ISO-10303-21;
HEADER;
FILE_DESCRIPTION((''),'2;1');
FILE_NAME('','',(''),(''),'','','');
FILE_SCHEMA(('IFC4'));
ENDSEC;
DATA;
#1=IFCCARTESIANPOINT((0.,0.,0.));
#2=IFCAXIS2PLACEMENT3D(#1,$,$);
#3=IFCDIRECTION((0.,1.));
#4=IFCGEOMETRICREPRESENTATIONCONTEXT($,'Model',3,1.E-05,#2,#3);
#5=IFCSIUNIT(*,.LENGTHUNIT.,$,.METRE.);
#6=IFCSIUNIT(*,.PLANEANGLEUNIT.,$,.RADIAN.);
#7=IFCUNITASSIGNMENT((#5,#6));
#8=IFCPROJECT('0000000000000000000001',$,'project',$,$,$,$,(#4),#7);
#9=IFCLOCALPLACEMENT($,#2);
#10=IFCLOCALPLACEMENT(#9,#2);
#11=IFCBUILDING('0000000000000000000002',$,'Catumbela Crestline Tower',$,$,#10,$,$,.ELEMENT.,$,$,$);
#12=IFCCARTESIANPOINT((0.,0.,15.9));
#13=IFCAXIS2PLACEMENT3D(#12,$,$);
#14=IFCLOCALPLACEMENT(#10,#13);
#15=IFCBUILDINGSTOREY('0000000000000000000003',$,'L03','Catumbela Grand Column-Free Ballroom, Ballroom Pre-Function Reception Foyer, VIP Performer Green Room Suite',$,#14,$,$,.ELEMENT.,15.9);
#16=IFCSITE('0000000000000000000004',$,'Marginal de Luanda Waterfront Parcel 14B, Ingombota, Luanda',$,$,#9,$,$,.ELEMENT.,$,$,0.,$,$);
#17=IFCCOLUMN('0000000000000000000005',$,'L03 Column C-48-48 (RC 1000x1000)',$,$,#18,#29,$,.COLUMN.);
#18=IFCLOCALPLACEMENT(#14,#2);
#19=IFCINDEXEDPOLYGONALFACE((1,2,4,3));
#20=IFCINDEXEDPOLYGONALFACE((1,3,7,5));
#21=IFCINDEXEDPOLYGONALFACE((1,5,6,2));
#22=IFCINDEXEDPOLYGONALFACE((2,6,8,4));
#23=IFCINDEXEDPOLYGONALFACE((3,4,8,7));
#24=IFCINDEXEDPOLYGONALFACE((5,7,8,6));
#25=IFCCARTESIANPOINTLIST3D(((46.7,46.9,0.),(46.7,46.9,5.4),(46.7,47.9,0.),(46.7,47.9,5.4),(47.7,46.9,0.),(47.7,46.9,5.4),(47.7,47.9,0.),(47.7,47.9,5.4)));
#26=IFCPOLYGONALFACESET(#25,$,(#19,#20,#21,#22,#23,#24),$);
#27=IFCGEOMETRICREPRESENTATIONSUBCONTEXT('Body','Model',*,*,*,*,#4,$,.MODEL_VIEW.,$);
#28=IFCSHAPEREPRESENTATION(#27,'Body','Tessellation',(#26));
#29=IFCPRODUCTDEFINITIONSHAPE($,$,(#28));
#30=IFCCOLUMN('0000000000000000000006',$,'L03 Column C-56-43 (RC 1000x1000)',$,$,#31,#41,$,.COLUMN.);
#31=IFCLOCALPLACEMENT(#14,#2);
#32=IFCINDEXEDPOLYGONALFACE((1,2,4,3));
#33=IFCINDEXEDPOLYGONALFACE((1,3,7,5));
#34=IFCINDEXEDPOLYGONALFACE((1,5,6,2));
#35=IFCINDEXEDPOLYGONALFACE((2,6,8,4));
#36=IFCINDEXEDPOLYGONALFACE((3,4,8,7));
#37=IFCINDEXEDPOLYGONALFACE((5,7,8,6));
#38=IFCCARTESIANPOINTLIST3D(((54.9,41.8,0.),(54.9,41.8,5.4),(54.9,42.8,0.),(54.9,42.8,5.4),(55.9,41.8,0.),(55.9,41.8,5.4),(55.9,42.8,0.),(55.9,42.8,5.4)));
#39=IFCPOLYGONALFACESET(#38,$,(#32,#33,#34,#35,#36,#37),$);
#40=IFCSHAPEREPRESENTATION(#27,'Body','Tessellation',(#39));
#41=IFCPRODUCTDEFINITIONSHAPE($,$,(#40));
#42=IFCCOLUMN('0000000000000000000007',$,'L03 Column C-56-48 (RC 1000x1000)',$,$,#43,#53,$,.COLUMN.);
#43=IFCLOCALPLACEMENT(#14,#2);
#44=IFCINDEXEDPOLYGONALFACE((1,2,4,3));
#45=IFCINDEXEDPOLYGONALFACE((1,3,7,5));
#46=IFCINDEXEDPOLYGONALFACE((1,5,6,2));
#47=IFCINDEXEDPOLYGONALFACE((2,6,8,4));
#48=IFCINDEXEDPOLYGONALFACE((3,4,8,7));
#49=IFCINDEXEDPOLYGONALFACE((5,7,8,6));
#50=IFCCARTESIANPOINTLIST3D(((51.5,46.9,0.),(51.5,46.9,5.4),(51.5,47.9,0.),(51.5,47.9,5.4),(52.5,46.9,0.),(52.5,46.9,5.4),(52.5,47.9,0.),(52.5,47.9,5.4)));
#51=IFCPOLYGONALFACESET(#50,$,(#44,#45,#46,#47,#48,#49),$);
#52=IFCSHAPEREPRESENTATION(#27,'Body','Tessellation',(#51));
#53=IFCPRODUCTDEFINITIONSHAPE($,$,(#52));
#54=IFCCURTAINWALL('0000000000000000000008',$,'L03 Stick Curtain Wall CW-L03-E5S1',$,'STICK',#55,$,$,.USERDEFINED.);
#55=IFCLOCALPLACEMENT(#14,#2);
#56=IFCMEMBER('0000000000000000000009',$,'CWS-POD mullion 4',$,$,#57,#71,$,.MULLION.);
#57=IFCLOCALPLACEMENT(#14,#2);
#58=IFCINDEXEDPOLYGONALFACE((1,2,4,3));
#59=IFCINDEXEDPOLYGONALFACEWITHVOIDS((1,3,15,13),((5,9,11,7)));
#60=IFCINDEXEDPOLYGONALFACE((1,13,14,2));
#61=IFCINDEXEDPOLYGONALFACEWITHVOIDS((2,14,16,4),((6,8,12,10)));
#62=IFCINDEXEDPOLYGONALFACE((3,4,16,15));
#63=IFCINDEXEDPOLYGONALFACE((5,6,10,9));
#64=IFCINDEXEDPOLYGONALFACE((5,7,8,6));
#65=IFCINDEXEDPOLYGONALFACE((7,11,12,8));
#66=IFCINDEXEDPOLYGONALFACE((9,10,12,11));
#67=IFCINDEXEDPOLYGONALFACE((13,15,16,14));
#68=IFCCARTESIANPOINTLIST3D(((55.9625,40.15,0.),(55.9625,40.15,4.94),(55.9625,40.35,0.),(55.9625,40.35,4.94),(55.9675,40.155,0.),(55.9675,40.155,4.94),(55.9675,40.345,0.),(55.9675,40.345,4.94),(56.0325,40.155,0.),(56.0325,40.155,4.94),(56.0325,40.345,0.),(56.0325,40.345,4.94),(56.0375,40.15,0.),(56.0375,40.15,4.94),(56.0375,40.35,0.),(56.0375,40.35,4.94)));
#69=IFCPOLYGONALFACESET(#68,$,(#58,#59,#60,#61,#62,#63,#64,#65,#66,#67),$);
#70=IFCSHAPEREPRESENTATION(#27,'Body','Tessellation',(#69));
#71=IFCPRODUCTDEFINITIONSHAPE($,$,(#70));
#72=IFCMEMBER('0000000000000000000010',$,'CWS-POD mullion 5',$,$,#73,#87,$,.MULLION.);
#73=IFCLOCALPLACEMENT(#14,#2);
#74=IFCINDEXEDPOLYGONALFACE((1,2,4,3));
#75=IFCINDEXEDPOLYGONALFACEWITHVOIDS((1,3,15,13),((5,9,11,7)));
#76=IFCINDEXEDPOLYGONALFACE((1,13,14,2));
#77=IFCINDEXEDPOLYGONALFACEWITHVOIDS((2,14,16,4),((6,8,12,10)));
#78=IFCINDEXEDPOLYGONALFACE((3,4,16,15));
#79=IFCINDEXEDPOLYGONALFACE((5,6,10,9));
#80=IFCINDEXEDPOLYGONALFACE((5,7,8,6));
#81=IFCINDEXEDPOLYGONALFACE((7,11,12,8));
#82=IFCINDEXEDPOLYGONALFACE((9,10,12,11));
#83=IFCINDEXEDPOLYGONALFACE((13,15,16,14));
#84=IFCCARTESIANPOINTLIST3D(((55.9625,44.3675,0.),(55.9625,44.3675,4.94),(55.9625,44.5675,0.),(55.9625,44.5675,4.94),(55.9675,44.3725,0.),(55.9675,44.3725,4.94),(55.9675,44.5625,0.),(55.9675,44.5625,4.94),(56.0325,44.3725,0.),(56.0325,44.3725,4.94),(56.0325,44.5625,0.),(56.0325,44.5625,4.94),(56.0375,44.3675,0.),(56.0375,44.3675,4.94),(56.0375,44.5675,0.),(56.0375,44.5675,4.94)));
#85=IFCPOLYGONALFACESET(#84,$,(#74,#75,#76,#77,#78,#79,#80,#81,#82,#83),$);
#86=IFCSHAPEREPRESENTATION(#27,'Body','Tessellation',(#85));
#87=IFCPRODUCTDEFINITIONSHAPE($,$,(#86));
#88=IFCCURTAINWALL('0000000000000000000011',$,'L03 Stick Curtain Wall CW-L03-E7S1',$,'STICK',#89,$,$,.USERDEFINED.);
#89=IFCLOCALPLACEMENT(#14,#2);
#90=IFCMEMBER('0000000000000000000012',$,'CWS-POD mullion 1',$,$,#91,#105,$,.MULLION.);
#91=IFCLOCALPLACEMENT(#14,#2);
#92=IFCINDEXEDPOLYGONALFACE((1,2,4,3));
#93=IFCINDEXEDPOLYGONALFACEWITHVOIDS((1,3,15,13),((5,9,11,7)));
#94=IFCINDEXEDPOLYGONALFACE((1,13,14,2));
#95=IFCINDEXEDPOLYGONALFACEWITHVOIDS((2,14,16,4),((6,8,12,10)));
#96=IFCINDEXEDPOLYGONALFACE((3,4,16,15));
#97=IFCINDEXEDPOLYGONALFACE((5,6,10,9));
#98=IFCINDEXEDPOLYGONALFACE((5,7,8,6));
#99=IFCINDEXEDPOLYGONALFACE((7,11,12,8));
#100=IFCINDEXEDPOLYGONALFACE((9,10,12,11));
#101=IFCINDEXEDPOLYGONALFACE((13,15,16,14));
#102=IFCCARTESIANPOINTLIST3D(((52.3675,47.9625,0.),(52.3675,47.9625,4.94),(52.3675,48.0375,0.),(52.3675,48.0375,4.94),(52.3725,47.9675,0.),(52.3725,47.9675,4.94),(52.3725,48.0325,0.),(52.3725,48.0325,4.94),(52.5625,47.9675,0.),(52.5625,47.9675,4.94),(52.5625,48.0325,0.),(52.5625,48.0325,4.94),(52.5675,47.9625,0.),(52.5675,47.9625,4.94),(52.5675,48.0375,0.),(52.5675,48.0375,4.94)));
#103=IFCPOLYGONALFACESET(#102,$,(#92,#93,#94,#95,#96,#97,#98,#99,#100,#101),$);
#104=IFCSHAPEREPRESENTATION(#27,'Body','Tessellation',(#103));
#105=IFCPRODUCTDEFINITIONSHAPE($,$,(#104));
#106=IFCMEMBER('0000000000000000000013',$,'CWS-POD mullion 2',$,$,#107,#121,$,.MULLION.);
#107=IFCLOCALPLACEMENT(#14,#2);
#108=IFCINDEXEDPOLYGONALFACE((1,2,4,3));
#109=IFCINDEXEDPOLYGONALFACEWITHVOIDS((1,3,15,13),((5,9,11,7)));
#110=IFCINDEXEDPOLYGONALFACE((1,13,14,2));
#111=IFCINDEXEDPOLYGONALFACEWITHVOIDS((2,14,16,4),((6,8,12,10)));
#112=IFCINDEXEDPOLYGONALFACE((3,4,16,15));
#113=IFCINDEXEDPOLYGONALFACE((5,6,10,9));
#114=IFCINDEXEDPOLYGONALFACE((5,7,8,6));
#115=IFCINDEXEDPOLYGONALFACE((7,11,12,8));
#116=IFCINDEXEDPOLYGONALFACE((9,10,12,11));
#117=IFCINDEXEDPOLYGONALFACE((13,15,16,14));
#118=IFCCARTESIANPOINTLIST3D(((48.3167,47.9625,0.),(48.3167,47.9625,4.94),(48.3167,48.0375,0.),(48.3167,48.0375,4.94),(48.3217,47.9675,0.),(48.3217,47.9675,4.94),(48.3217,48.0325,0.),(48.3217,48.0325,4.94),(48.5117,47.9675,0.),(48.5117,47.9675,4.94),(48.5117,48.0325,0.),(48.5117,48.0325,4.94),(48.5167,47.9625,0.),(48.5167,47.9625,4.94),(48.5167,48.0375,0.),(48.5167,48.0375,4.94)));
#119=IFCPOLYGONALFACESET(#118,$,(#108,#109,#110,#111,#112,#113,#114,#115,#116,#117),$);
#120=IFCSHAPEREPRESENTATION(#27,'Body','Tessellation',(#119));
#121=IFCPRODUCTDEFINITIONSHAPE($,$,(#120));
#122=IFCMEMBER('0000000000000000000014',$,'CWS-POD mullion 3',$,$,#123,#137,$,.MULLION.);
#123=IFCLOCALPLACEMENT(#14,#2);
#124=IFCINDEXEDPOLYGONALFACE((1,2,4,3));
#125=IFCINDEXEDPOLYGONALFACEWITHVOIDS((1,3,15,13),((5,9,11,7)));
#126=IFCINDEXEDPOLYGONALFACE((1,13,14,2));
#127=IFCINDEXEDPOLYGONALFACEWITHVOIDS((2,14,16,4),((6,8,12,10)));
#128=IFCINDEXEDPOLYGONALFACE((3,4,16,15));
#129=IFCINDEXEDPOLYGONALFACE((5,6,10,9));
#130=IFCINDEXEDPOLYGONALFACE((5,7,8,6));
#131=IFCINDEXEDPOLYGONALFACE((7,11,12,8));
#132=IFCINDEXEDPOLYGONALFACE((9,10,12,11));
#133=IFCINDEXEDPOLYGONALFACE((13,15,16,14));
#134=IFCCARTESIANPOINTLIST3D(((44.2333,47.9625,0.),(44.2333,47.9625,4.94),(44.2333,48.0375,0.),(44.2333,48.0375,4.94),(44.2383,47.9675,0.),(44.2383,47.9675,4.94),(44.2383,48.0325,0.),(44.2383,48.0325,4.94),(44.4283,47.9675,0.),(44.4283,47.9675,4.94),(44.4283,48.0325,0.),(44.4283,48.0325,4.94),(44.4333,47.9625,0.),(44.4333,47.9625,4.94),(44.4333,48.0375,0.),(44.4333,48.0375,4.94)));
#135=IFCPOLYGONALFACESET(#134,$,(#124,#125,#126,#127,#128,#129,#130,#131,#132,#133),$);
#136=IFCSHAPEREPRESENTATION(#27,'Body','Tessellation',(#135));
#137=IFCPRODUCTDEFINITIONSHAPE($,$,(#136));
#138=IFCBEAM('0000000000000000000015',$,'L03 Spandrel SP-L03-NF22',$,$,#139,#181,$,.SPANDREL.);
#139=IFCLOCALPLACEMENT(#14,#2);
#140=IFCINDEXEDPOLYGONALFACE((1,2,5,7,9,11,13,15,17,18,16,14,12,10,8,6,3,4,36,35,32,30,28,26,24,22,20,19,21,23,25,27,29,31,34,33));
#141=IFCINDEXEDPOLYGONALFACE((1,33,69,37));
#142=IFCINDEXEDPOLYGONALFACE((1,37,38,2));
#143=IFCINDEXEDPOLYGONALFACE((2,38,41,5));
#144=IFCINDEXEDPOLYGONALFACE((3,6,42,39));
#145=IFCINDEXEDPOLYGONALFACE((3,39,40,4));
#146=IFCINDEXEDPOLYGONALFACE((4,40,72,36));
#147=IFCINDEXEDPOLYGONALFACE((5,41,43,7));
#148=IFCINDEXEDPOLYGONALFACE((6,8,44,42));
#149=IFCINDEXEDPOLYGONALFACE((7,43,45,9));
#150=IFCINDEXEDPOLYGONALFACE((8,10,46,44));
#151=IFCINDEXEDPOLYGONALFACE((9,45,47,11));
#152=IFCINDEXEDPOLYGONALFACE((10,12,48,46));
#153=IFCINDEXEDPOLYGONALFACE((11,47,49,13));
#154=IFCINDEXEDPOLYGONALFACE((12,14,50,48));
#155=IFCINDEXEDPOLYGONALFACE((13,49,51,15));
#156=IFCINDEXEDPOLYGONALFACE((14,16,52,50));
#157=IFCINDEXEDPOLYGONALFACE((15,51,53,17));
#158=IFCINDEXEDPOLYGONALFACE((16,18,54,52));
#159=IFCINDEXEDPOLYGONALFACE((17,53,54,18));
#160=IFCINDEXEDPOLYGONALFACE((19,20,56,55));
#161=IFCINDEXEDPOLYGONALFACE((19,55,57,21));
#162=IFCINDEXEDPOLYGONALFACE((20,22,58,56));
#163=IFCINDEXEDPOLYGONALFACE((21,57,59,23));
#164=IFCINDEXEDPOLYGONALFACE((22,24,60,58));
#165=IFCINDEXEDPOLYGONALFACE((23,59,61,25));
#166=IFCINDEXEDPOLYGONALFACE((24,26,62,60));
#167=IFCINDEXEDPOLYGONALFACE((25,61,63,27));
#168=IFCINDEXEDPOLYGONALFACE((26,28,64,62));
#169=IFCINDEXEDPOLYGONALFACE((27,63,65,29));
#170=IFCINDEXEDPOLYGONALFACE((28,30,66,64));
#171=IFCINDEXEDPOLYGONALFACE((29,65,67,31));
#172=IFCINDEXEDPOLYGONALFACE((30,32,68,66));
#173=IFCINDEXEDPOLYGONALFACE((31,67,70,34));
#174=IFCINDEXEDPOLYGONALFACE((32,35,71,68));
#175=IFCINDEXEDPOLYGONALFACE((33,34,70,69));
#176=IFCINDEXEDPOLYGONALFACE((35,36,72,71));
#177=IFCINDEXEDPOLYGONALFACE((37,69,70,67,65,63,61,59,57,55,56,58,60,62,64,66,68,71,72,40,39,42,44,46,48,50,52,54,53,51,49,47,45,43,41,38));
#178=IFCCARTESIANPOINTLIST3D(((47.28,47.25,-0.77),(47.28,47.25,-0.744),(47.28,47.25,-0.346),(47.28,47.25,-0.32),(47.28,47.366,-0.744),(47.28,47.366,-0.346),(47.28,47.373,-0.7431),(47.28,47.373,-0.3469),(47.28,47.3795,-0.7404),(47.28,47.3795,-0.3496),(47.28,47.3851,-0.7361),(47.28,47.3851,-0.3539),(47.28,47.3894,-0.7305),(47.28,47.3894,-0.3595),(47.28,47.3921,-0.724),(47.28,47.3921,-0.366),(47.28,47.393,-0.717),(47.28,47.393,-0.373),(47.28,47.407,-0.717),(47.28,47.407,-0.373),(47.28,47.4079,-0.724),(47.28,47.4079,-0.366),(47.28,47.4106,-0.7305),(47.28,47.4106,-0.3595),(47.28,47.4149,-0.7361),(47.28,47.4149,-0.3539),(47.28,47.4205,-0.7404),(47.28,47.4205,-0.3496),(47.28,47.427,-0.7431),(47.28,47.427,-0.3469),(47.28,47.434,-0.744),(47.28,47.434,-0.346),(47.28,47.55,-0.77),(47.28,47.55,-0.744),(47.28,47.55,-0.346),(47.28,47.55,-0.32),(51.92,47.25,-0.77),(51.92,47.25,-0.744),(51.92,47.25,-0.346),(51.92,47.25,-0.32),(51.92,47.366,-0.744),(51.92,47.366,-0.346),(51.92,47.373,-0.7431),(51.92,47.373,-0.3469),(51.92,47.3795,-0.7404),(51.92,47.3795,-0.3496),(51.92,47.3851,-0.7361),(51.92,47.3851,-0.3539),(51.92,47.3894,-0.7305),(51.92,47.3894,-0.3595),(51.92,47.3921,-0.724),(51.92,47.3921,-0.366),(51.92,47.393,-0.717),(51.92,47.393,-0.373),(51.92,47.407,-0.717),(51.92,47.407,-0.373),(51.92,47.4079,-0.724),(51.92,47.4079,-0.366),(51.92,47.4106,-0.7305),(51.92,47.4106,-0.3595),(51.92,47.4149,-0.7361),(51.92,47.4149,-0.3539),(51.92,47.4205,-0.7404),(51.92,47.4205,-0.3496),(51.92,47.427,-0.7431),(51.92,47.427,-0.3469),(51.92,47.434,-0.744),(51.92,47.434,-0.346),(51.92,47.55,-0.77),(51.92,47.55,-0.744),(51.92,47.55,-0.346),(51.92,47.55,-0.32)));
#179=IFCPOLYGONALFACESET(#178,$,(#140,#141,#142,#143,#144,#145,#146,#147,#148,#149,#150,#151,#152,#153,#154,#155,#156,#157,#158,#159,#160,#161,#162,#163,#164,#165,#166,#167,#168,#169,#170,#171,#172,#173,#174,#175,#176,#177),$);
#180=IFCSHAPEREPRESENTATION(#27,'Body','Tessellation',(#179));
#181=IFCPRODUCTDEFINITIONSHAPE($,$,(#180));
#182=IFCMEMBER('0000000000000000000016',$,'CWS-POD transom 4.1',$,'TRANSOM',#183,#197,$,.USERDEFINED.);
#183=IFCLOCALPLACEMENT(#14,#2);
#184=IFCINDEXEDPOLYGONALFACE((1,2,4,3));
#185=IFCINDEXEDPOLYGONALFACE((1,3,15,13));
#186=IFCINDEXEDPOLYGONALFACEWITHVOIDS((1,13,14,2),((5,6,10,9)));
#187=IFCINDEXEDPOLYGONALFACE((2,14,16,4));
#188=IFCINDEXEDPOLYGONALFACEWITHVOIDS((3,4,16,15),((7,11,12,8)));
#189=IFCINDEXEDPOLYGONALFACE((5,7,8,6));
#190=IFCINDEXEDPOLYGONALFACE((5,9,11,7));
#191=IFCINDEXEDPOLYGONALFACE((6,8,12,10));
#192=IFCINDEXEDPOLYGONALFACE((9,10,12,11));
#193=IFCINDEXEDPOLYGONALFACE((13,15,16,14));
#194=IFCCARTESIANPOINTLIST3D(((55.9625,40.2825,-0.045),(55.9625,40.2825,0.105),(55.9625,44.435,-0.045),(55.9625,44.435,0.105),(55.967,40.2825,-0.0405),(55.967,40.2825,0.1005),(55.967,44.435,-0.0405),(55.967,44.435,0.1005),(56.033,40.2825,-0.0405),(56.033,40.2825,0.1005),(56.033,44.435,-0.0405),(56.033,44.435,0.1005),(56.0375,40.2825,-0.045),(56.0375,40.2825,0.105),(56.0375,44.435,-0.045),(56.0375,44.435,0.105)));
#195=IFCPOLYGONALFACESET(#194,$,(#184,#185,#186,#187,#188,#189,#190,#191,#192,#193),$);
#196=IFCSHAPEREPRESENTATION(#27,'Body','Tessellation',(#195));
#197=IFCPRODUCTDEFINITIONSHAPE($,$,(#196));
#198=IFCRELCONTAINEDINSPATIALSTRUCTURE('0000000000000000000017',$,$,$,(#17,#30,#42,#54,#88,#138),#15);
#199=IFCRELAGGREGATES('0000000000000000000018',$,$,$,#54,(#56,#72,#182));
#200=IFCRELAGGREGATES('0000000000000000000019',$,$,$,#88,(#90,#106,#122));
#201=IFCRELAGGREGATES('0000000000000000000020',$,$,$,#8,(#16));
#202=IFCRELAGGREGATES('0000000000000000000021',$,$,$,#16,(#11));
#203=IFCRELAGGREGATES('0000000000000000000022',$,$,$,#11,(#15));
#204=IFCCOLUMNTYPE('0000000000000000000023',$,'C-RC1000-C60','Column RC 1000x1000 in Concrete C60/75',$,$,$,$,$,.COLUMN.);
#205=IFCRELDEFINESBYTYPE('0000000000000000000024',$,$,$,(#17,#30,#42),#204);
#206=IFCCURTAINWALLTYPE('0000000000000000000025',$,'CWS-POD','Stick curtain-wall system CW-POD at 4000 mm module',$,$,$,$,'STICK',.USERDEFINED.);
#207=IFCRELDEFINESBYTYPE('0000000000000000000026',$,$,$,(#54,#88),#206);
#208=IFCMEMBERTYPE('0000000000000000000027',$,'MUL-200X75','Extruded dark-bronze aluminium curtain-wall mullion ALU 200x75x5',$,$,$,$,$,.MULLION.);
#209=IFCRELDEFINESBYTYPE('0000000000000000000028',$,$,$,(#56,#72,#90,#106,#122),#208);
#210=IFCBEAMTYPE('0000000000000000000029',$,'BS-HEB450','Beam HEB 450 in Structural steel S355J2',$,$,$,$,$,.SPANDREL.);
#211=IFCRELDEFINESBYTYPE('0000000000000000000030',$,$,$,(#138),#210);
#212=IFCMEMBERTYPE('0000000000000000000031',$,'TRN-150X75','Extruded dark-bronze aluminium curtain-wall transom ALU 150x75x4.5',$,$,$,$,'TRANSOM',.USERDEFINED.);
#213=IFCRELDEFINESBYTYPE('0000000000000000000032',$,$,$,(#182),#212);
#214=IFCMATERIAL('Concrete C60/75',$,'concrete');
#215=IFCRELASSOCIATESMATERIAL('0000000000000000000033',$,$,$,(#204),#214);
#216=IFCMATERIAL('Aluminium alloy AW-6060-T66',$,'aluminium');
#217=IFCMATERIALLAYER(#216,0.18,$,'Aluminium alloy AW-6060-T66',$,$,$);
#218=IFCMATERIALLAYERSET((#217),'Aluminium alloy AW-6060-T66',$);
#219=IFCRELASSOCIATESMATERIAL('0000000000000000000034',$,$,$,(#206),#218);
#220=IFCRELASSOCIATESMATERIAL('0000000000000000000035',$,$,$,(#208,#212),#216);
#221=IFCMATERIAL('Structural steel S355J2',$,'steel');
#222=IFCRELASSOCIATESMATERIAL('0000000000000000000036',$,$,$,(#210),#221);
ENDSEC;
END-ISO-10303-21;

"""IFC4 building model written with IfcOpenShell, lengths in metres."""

from ifc_helpers import new_model, si_unit, direction, frame, origin, origin_2d, place, context, subcontext, project, spatial, rectangle, hollow_rectangle, i_section, extrude, material, layer, layer_set, material_profile, profile_set, type_object, element, aggregate, save


model = new_model("IFC4")

# Units and contexts
model_context = context("Model", 3, precision=1e-05, world=origin(), true_north=direction((0.0, 1.0)))
body_context = subcontext(model_context, "Body", "Model", "MODEL_VIEW")
ifc_project = project(units=[si_unit("LENGTHUNIT", "METRE"), si_unit("PLANEANGLEUNIT", "RADIAN")], contexts=[model_context])

# Site, building, storey
site_placement = place(None, origin())
site = spatial("IfcSite", under=ifc_project, at=site_placement, Name="Marginal de Luanda Waterfront Parcel 14B, Ingombota, Luanda", CompositionType="ELEMENT", RefElevation=0.0)
building_placement = place(site_placement, origin())
building = spatial("IfcBuilding", under=site, at=building_placement, Name="Catumbela Crestline Tower", CompositionType="ELEMENT")
storey_placement = place(building_placement, frame((0.0, 0.0, 15.9)))
storey = spatial("IfcBuildingStorey", under=building, at=storey_placement, Name="L03", Description="Catumbela Grand Column-Free Ballroom, Ballroom Pre-Function Reception Foyer, VIP Performer Green Room Suite", CompositionType="ELEMENT", Elevation=15.9)

# Columns
ifc_material_1 = material(Name="Concrete C60/75", Category="concrete")
ifc_material_profile_1 = material_profile(ifc_material_1, rectangle(XDim=1.0, YDim=1.0, at=origin_2d()), Name="RC 1000x1000")
ifc_profile_set_1 = profile_set([ifc_material_profile_1], Name="Concrete C60/75")
column_type = type_object("IfcColumnType", Name="C-RC1000-C60", Description="Column RC 1000x1000 in Concrete C60/75", PredefinedType="COLUMN", material=ifc_profile_set_1)
for number, where, z_axis, x_axis, name in (
    (1, (47.2, 47.4, 0.0), (0.0, 0.0, 1.0), (1.0, 0.0, 0.0), "L03 Column C-48-48 (RC 1000x1000)"),
    (2, (55.4, 42.3, 0.0), (0.0, 0.0, 1.0), (1.0, 0.0, 0.0), "L03 Column C-56-43 (RC 1000x1000)"),
    (3, (52.0, 47.4, 0.0), (0.0, 0.0, 1.0), (1.0, 0.0, 0.0), "L03 Column C-56-48 (RC 1000x1000)"),
):
    element("IfcColumn", number, at=place(storey_placement, frame(where, z_axis=z_axis, x_axis=x_axis)), inside=storey, type_object=column_type, Name=name, PredefinedType="COLUMN", context=body_context, shape_type="SweptSolid", body=[
        extrude(rectangle(XDim=1.0, YDim=1.0, at=origin_2d()), origin(), (0.0, 0.0, 1.0), 5.4),
    ])

# Curtain walls, members
ifc_material_2 = material(Name="Aluminium alloy AW-6060-T66", Category="aluminium")
ifc_layer_1 = layer(ifc_material_2, 0.18, Name="Aluminium alloy AW-6060-T66")
ifc_layer_set_1 = layer_set([ifc_layer_1], Name="Aluminium alloy AW-6060-T66")
curtain_wall_type = type_object("IfcCurtainWallType", Name="CWS-POD", Description="Stick curtain-wall system CW-POD at 4000 mm module", ElementType="STICK", PredefinedType="USERDEFINED", material=ifc_layer_set_1)
curtain_wall_1_placement = place(storey_placement, origin())
curtain_wall_1 = element("IfcCurtainWall", 4, at=curtain_wall_1_placement, inside=storey, type_object=curtain_wall_type, Name="L03 Stick Curtain Wall CW-L03-E5S1", ObjectType="STICK", PredefinedType="USERDEFINED")
ifc_material_profile_2 = material_profile(ifc_material_2, hollow_rectangle(XDim=0.075, YDim=0.2, WallThickness=0.005, at=origin_2d()), Name="ALU 200x75x5")
ifc_profile_set_2 = profile_set([ifc_material_profile_2], Name="Aluminium alloy AW-6060-T66")
member_type_1 = type_object("IfcMemberType", Name="MUL-200X75", Description="Extruded dark-bronze aluminium curtain-wall mullion ALU 200x75x5", PredefinedType="MULLION", material=ifc_profile_set_2)
member_1_placement = place(storey_placement, frame((56.0, 40.25, 0.0), z_axis=(0.0, 0.0, 1.0), x_axis=(-1.0, 0.0, 0.0)))
member_1 = element("IfcMember", 5, at=member_1_placement, type_object=member_type_1, Name="CWS-POD mullion 4", PredefinedType="MULLION", context=body_context, shape_type="SweptSolid", body=[
    extrude(hollow_rectangle(XDim=0.075, YDim=0.2, WallThickness=0.005, at=origin_2d()), origin(), (0.0, 0.0, 1.0), 4.94),
])
member_2_placement = place(storey_placement, frame((56.0, 44.4675, 0.0), z_axis=(0.0, 0.0, 1.0), x_axis=(-1.0, 0.0, 0.0)))
member_2 = element("IfcMember", 6, at=member_2_placement, type_object=member_type_1, Name="CWS-POD mullion 5", PredefinedType="MULLION", context=body_context, shape_type="SweptSolid", body=[
    extrude(hollow_rectangle(XDim=0.075, YDim=0.2, WallThickness=0.005, at=origin_2d()), origin(), (0.0, 0.0, 1.0), 4.94),
])
curtain_wall_2_placement = place(storey_placement, origin())
curtain_wall_2 = element("IfcCurtainWall", 7, at=curtain_wall_2_placement, inside=storey, type_object=curtain_wall_type, Name="L03 Stick Curtain Wall CW-L03-E7S1", ObjectType="STICK", PredefinedType="USERDEFINED")
member_3_placement = place(storey_placement, frame((52.4675, 48.0, 0.0), z_axis=(0.0, 0.0, 1.0), x_axis=(0.0, -1.0, 0.0)))
member_3 = element("IfcMember", 8, at=member_3_placement, type_object=member_type_1, Name="CWS-POD mullion 1", PredefinedType="MULLION", context=body_context, shape_type="SweptSolid", body=[
    extrude(hollow_rectangle(XDim=0.075, YDim=0.2, WallThickness=0.005, at=origin_2d()), origin(), (0.0, 0.0, 1.0), 4.94),
])
member_4_placement = place(storey_placement, frame((48.4167, 48.0, 0.0), z_axis=(0.0, 0.0, 1.0), x_axis=(0.0, -1.0, 0.0)))
member_4 = element("IfcMember", 9, at=member_4_placement, type_object=member_type_1, Name="CWS-POD mullion 2", PredefinedType="MULLION", context=body_context, shape_type="SweptSolid", body=[
    extrude(hollow_rectangle(XDim=0.075, YDim=0.2, WallThickness=0.005, at=origin_2d()), origin(), (0.0, 0.0, 1.0), 4.94),
])
member_5_placement = place(storey_placement, frame((44.3333, 48.0, 0.0), z_axis=(0.0, 0.0, 1.0), x_axis=(0.0, -1.0, 0.0)))
member_5 = element("IfcMember", 10, at=member_5_placement, type_object=member_type_1, Name="CWS-POD mullion 3", PredefinedType="MULLION", context=body_context, shape_type="SweptSolid", body=[
    extrude(hollow_rectangle(XDim=0.075, YDim=0.2, WallThickness=0.005, at=origin_2d()), origin(), (0.0, 0.0, 1.0), 4.94),
])

# Beam
ifc_material_3 = material(Name="Structural steel S355J2", Category="steel")
ifc_material_profile_3 = material_profile(ifc_material_3, i_section(OverallWidth=0.3, OverallDepth=0.45, WebThickness=0.014, FlangeThickness=0.026, FilletRadius=0.027, at=origin_2d()), Name="HEB 450")
ifc_profile_set_3 = profile_set([ifc_material_profile_3], Name="Structural steel S355J2")
beam_type = type_object("IfcBeamType", Name="BS-HEB450", Description="Beam HEB 450 in Structural steel S355J2", PredefinedType="SPANDREL", material=ifc_profile_set_3)
beam_placement = place(storey_placement, frame((47.28, 47.4, -0.545), z_axis=(1.0, 0.0, 0.0), x_axis=(0.0, 1.0, 0.0)))
element("IfcBeam", 11, at=beam_placement, inside=storey, type_object=beam_type, Name="L03 Spandrel SP-L03-NF22", PredefinedType="SPANDREL", context=body_context, shape_type="SweptSolid", body=[
    extrude(i_section(OverallWidth=0.3, OverallDepth=0.45, WebThickness=0.014, FlangeThickness=0.026, FilletRadius=0.027, at=origin_2d()), origin(), (0.0, 0.0, 1.0), 4.64),
])

# Member
ifc_material_profile_4 = material_profile(ifc_material_2, hollow_rectangle(XDim=0.075, YDim=0.15, WallThickness=0.0045, at=origin_2d()), Name="ALU 150x75x4.5")
ifc_profile_set_4 = profile_set([ifc_material_profile_4], Name="Aluminium alloy AW-6060-T66")
member_type_2 = type_object("IfcMemberType", Name="TRN-150X75", Description="Extruded dark-bronze aluminium curtain-wall transom ALU 150x75x4.5", ElementType="TRANSOM", PredefinedType="USERDEFINED", material=ifc_profile_set_4)
member_6_placement = place(storey_placement, frame((56.0, 40.2825, 0.03), z_axis=(0.0, 1.0, 0.0), x_axis=(-1.0, 0.0, 0.0)))
member_6 = element("IfcMember", 12, at=member_6_placement, type_object=member_type_2, Name="CWS-POD transom 4.1", ObjectType="TRANSOM", PredefinedType="USERDEFINED", context=body_context, shape_type="SweptSolid", body=[
    extrude(hollow_rectangle(XDim=0.075, YDim=0.15, WallThickness=0.0045, at=origin_2d()), origin(), (0.0, 0.0, 1.0), 4.1525),
])

aggregate(curtain_wall_1, [member_1, member_2, member_6])
aggregate(curtain_wall_2, [member_3, member_4, member_5])

save(model, "model.ifc")
